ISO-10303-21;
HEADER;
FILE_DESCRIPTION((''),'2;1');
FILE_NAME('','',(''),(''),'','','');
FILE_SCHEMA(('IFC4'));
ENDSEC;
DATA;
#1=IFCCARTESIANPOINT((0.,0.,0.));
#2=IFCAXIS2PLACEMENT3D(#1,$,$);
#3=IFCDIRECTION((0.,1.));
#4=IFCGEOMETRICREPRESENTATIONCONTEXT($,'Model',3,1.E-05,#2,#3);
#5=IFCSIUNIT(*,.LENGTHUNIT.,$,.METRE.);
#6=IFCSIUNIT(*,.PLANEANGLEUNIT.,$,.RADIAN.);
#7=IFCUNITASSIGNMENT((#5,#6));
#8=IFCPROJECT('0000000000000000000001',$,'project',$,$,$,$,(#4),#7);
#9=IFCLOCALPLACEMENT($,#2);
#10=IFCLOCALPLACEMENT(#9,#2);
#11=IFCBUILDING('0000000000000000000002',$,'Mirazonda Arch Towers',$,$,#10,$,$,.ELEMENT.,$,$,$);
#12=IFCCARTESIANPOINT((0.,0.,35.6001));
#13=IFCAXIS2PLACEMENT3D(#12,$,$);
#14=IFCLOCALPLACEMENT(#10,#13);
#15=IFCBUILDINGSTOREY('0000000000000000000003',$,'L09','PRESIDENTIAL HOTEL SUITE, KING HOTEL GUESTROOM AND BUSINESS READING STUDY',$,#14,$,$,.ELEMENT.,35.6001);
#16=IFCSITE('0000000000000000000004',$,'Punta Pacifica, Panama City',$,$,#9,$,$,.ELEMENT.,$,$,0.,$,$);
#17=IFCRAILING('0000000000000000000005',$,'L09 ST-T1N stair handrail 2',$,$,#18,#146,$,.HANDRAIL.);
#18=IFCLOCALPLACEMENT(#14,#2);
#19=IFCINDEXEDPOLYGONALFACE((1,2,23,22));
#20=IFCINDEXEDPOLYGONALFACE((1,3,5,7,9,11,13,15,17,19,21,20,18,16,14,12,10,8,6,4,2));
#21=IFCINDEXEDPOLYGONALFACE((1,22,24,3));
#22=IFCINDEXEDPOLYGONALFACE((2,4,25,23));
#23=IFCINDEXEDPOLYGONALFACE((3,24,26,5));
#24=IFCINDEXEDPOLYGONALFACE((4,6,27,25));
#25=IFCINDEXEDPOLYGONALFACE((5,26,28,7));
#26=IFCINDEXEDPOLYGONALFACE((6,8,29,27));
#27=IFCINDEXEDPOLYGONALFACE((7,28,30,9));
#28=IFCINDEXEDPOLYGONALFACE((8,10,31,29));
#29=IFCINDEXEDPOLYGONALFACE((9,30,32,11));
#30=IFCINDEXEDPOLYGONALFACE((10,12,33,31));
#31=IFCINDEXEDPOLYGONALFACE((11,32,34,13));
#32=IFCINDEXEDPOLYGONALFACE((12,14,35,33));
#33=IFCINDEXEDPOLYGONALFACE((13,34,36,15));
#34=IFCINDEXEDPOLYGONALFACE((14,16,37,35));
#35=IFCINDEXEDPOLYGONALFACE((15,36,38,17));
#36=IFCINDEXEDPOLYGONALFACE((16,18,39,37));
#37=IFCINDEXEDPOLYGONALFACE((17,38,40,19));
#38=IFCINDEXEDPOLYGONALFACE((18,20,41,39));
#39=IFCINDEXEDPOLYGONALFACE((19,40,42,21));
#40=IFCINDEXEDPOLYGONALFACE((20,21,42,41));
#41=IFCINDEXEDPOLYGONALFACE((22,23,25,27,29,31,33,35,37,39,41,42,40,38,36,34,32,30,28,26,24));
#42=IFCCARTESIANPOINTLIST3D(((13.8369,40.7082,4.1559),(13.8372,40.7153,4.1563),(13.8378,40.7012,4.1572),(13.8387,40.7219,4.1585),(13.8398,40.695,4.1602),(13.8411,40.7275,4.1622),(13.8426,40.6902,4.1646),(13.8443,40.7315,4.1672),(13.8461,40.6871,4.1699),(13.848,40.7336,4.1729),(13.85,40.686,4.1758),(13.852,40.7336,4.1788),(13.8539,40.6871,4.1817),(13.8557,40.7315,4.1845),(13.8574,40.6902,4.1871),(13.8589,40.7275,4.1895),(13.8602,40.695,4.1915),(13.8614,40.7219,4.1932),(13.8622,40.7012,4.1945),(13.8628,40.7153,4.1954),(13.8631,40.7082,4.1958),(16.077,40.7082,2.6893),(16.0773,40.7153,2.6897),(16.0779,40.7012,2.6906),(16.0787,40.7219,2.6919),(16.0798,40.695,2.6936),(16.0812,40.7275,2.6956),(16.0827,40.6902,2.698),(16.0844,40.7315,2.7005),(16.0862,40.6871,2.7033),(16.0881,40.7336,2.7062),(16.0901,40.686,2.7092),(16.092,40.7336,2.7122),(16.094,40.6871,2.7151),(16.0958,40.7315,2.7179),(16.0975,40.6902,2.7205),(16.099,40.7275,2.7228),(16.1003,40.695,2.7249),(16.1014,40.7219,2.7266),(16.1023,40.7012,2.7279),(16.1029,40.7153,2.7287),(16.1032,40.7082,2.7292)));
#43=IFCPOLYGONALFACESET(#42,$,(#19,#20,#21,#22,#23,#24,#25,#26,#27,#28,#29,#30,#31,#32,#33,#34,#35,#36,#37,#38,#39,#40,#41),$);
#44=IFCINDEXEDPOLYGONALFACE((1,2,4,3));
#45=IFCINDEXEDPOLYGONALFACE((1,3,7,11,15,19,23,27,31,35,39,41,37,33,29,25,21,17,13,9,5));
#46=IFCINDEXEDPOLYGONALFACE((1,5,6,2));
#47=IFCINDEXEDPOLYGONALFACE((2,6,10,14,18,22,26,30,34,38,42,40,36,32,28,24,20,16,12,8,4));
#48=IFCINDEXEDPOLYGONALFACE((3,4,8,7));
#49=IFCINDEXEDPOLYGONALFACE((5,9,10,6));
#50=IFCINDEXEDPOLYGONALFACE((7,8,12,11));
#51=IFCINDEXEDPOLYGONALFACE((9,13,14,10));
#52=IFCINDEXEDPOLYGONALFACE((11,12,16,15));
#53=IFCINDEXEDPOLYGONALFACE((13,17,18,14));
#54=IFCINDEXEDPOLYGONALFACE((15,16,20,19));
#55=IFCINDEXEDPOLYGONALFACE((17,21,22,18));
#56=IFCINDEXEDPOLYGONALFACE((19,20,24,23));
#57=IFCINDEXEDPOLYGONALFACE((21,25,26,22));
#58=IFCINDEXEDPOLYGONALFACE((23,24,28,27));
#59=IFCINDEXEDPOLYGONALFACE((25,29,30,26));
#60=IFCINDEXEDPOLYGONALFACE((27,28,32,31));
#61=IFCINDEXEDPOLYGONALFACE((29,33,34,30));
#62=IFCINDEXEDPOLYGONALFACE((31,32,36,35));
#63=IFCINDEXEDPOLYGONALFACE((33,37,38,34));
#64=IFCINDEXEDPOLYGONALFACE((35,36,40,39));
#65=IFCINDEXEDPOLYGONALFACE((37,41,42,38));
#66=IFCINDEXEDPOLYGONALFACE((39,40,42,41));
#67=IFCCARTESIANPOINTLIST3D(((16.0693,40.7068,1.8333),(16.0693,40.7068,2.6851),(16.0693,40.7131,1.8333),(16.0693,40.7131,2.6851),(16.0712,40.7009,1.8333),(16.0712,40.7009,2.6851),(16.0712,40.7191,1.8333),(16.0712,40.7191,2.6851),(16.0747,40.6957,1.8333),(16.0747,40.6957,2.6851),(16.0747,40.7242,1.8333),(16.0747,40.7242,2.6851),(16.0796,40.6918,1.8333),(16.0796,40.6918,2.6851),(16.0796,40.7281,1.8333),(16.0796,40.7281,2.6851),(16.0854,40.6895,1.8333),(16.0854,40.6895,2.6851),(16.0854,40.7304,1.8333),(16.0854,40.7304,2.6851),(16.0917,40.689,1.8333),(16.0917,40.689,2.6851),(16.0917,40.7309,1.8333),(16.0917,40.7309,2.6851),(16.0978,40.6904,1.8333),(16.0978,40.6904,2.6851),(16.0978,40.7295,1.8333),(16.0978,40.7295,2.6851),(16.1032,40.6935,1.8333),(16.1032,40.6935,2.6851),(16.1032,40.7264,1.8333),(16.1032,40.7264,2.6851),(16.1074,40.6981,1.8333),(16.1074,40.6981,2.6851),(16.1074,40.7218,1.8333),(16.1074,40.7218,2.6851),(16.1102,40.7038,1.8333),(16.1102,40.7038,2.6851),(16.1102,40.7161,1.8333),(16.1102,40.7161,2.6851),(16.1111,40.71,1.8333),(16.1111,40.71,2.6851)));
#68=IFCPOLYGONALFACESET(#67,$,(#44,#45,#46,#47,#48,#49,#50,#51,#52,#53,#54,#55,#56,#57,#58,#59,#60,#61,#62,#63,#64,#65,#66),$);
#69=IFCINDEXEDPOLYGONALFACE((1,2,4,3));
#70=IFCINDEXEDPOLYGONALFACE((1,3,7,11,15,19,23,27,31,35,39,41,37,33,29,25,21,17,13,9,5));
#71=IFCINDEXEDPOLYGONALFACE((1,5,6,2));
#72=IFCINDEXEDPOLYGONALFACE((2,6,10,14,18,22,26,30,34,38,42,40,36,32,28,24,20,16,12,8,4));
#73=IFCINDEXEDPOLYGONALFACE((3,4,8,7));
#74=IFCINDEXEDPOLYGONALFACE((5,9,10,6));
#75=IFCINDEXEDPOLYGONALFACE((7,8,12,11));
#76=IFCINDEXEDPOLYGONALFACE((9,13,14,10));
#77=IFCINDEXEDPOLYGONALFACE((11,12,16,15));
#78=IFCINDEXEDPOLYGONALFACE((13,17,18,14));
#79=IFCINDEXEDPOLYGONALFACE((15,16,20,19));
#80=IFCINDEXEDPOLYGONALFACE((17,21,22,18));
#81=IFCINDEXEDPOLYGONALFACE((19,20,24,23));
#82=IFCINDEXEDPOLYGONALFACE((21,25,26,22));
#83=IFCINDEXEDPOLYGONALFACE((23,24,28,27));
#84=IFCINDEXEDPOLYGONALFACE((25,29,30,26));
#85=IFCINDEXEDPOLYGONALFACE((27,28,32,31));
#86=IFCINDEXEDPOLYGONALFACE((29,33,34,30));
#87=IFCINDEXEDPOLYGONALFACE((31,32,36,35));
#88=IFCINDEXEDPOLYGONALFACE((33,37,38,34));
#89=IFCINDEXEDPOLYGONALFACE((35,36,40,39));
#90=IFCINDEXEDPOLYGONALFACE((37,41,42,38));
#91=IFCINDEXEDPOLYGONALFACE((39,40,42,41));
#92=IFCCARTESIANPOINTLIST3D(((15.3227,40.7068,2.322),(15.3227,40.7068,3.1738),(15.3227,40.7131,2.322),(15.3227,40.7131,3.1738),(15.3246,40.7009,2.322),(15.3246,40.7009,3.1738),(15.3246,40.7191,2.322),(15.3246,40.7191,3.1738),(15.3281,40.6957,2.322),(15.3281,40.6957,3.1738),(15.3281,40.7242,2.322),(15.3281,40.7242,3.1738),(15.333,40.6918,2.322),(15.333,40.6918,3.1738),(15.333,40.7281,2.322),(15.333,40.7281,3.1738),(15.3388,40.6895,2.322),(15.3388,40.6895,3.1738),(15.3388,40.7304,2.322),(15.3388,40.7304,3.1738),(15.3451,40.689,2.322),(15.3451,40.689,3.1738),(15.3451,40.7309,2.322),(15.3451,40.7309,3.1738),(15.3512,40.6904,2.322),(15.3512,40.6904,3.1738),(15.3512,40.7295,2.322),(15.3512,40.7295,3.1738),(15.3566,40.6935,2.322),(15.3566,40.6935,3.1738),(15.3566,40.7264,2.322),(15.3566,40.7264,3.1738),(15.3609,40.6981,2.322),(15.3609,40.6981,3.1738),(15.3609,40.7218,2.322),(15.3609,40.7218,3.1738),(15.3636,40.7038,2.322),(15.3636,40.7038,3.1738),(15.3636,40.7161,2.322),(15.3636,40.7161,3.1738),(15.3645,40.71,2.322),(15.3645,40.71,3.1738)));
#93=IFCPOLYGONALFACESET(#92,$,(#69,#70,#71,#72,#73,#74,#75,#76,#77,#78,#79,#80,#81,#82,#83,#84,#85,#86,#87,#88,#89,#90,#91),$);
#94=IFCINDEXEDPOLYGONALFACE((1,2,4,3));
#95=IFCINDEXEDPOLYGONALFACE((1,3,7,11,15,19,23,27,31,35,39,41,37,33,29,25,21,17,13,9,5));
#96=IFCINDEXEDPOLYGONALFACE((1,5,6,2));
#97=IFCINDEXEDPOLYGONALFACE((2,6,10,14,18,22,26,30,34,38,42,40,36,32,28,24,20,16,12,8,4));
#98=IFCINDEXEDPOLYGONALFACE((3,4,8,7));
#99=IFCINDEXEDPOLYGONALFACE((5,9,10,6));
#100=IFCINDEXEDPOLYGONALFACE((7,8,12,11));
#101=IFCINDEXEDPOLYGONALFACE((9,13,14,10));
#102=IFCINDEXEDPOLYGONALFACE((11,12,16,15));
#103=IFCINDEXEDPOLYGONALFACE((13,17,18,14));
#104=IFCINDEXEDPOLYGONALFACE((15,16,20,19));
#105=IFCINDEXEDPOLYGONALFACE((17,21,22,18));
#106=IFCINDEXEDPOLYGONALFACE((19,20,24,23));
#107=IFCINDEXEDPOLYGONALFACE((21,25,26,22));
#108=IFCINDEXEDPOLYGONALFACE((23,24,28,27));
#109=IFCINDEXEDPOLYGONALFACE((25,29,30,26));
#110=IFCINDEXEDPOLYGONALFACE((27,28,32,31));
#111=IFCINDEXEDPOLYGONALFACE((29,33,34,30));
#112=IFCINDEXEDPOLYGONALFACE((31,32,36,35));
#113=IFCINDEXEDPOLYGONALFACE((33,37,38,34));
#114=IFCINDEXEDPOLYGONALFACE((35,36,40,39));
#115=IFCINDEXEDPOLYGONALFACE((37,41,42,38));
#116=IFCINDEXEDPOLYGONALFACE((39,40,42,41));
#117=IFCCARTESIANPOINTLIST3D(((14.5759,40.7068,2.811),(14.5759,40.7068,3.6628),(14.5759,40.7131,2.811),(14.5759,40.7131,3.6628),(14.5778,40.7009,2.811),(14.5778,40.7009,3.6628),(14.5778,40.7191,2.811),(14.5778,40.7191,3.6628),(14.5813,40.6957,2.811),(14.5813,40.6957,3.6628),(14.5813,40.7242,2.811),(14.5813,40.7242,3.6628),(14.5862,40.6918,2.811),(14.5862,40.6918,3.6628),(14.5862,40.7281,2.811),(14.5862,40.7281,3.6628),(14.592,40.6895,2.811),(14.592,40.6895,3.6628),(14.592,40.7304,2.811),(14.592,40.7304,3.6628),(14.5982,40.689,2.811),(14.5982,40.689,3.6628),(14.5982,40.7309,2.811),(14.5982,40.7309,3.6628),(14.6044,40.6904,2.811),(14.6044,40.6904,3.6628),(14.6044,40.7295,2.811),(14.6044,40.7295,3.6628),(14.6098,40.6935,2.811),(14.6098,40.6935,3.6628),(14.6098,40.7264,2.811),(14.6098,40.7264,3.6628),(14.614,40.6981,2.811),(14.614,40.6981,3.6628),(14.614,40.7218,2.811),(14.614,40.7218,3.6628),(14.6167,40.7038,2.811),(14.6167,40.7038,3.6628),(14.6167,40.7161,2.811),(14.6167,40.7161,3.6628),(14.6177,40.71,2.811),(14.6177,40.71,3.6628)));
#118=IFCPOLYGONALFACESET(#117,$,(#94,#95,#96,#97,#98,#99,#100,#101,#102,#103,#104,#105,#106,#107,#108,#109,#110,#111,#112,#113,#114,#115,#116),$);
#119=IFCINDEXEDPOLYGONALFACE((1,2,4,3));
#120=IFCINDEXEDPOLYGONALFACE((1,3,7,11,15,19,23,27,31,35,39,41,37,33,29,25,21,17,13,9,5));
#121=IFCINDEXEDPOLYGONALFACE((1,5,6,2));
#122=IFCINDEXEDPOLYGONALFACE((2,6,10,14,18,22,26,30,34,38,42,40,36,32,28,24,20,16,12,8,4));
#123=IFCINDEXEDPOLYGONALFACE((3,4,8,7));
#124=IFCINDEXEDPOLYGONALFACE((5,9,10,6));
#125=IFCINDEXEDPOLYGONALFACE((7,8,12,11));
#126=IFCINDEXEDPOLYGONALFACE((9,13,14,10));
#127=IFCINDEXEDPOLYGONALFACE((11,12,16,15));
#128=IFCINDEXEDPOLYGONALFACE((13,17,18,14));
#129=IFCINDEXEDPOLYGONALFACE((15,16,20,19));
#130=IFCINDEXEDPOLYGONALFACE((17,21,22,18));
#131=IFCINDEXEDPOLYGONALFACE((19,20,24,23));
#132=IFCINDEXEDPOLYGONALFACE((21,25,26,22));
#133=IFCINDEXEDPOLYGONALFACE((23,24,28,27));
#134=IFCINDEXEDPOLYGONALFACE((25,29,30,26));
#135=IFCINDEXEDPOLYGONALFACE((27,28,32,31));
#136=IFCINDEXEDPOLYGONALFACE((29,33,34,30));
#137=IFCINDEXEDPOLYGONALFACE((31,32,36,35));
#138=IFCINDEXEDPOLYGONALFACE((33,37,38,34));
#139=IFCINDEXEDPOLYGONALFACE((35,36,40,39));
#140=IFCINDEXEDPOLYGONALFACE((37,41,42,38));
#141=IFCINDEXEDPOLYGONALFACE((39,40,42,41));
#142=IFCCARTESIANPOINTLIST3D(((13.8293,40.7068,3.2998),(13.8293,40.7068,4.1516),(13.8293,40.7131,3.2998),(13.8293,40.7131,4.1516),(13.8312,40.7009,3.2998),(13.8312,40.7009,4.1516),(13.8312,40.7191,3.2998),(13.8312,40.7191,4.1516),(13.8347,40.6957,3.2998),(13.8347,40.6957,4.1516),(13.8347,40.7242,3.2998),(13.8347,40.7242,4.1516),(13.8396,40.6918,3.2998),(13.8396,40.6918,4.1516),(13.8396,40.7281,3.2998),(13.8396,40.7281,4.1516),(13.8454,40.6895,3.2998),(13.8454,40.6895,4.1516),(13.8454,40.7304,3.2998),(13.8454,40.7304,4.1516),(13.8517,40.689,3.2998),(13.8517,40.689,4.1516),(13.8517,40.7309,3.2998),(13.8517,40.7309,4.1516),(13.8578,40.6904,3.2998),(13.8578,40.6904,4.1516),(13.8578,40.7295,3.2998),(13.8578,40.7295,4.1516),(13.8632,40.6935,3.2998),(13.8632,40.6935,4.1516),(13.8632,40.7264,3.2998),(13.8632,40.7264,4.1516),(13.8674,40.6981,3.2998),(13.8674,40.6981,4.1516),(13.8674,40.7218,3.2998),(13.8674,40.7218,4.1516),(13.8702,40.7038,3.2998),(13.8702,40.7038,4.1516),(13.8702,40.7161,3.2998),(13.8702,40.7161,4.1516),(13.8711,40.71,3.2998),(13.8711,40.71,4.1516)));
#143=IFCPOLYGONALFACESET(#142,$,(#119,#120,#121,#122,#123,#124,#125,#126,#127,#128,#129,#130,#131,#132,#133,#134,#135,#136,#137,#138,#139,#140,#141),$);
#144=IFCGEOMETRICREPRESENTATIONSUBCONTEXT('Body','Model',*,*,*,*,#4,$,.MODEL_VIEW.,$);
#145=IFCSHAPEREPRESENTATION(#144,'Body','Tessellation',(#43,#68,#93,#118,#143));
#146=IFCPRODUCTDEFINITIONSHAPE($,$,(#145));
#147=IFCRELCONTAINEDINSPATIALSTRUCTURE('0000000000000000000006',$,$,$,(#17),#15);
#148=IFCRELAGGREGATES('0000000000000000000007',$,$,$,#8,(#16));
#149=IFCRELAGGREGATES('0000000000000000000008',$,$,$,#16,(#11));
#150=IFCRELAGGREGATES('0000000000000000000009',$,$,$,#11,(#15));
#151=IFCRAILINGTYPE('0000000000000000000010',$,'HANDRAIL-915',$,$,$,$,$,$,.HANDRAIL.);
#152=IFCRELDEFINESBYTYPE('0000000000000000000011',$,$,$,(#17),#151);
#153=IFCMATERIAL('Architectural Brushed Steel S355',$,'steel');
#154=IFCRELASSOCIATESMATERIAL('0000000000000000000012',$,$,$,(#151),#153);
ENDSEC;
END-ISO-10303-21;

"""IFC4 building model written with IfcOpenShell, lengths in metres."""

from ifc_helpers import new_model, si_unit, direction, frame, origin, origin_2d, place, context, subcontext, project, spatial, circle, extrude, material, type_object, element, save


model = new_model("IFC4")

# Units and contexts
model_context = context("Model", 3, precision=1e-05, world=origin(), true_north=direction((0.0, 1.0)))
body_context = subcontext(model_context, "Body", "Model", "MODEL_VIEW")
ifc_project = project(units=[si_unit("LENGTHUNIT", "METRE"), si_unit("PLANEANGLEUNIT", "RADIAN")], contexts=[model_context])

# Site, building, storey
site_placement = place(None, origin())
site = spatial("IfcSite", under=ifc_project, at=site_placement, Name="Punta Pacifica, Panama City", CompositionType="ELEMENT", RefElevation=0.0)
building_placement = place(site_placement, origin())
building = spatial("IfcBuilding", under=site, at=building_placement, Name="Mirazonda Arch Towers", CompositionType="ELEMENT")
storey_placement = place(building_placement, frame((0.0, 0.0, 35.6001)))
storey = spatial("IfcBuildingStorey", under=building, at=storey_placement, Name="L09", Description="PRESIDENTIAL HOTEL SUITE, KING HOTEL GUESTROOM AND BUSINESS READING STUDY", CompositionType="ELEMENT", Elevation=35.6001)

# Shared definitions
ifc_material_1 = material(Name="Architectural Brushed Steel S355", Category="steel")

# Railing
railing_type_1 = type_object("IfcRailingType", Name="HANDRAIL-915", PredefinedType="HANDRAIL", material=ifc_material_1)
railing_1_placement = place(storey_placement, frame((16.0901, 40.71, 1.8333)))
element("IfcRailing", 1, at=railing_1_placement, inside=storey, type_object=railing_type_1, Name="L09 ST-T1N stair handrail 2", PredefinedType="HANDRAIL", context=body_context, shape_type="SweptSolid", body=[
    extrude(circle(Radius=0.0239, at=origin_2d()), frame((0.0, 0.0, 0.876), z_axis=(-0.836637, 0.0, 0.547758), x_axis=(0.0, -1.0, 0.0)), (0.0, 0.0, 1.0), 2.6775),
    extrude(circle(Radius=0.021, at=origin_2d()), origin(), (0.0, 0.0, 1.0), 0.8518),
    extrude(circle(Radius=0.021, at=origin_2d()), frame((-0.7466, 0.0, 0.4888)), (0.0, 0.0, 1.0), 0.8518),
    extrude(circle(Radius=0.021, at=origin_2d()), frame((-1.4934, 0.0, 0.9778)), (0.0, 0.0, 1.0), 0.8518),
    extrude(circle(Radius=0.021, at=origin_2d()), frame((-2.24, 0.0, 1.4666)), (0.0, 0.0, 1.0), 0.8518),
])

save(model, "model.ifc")
